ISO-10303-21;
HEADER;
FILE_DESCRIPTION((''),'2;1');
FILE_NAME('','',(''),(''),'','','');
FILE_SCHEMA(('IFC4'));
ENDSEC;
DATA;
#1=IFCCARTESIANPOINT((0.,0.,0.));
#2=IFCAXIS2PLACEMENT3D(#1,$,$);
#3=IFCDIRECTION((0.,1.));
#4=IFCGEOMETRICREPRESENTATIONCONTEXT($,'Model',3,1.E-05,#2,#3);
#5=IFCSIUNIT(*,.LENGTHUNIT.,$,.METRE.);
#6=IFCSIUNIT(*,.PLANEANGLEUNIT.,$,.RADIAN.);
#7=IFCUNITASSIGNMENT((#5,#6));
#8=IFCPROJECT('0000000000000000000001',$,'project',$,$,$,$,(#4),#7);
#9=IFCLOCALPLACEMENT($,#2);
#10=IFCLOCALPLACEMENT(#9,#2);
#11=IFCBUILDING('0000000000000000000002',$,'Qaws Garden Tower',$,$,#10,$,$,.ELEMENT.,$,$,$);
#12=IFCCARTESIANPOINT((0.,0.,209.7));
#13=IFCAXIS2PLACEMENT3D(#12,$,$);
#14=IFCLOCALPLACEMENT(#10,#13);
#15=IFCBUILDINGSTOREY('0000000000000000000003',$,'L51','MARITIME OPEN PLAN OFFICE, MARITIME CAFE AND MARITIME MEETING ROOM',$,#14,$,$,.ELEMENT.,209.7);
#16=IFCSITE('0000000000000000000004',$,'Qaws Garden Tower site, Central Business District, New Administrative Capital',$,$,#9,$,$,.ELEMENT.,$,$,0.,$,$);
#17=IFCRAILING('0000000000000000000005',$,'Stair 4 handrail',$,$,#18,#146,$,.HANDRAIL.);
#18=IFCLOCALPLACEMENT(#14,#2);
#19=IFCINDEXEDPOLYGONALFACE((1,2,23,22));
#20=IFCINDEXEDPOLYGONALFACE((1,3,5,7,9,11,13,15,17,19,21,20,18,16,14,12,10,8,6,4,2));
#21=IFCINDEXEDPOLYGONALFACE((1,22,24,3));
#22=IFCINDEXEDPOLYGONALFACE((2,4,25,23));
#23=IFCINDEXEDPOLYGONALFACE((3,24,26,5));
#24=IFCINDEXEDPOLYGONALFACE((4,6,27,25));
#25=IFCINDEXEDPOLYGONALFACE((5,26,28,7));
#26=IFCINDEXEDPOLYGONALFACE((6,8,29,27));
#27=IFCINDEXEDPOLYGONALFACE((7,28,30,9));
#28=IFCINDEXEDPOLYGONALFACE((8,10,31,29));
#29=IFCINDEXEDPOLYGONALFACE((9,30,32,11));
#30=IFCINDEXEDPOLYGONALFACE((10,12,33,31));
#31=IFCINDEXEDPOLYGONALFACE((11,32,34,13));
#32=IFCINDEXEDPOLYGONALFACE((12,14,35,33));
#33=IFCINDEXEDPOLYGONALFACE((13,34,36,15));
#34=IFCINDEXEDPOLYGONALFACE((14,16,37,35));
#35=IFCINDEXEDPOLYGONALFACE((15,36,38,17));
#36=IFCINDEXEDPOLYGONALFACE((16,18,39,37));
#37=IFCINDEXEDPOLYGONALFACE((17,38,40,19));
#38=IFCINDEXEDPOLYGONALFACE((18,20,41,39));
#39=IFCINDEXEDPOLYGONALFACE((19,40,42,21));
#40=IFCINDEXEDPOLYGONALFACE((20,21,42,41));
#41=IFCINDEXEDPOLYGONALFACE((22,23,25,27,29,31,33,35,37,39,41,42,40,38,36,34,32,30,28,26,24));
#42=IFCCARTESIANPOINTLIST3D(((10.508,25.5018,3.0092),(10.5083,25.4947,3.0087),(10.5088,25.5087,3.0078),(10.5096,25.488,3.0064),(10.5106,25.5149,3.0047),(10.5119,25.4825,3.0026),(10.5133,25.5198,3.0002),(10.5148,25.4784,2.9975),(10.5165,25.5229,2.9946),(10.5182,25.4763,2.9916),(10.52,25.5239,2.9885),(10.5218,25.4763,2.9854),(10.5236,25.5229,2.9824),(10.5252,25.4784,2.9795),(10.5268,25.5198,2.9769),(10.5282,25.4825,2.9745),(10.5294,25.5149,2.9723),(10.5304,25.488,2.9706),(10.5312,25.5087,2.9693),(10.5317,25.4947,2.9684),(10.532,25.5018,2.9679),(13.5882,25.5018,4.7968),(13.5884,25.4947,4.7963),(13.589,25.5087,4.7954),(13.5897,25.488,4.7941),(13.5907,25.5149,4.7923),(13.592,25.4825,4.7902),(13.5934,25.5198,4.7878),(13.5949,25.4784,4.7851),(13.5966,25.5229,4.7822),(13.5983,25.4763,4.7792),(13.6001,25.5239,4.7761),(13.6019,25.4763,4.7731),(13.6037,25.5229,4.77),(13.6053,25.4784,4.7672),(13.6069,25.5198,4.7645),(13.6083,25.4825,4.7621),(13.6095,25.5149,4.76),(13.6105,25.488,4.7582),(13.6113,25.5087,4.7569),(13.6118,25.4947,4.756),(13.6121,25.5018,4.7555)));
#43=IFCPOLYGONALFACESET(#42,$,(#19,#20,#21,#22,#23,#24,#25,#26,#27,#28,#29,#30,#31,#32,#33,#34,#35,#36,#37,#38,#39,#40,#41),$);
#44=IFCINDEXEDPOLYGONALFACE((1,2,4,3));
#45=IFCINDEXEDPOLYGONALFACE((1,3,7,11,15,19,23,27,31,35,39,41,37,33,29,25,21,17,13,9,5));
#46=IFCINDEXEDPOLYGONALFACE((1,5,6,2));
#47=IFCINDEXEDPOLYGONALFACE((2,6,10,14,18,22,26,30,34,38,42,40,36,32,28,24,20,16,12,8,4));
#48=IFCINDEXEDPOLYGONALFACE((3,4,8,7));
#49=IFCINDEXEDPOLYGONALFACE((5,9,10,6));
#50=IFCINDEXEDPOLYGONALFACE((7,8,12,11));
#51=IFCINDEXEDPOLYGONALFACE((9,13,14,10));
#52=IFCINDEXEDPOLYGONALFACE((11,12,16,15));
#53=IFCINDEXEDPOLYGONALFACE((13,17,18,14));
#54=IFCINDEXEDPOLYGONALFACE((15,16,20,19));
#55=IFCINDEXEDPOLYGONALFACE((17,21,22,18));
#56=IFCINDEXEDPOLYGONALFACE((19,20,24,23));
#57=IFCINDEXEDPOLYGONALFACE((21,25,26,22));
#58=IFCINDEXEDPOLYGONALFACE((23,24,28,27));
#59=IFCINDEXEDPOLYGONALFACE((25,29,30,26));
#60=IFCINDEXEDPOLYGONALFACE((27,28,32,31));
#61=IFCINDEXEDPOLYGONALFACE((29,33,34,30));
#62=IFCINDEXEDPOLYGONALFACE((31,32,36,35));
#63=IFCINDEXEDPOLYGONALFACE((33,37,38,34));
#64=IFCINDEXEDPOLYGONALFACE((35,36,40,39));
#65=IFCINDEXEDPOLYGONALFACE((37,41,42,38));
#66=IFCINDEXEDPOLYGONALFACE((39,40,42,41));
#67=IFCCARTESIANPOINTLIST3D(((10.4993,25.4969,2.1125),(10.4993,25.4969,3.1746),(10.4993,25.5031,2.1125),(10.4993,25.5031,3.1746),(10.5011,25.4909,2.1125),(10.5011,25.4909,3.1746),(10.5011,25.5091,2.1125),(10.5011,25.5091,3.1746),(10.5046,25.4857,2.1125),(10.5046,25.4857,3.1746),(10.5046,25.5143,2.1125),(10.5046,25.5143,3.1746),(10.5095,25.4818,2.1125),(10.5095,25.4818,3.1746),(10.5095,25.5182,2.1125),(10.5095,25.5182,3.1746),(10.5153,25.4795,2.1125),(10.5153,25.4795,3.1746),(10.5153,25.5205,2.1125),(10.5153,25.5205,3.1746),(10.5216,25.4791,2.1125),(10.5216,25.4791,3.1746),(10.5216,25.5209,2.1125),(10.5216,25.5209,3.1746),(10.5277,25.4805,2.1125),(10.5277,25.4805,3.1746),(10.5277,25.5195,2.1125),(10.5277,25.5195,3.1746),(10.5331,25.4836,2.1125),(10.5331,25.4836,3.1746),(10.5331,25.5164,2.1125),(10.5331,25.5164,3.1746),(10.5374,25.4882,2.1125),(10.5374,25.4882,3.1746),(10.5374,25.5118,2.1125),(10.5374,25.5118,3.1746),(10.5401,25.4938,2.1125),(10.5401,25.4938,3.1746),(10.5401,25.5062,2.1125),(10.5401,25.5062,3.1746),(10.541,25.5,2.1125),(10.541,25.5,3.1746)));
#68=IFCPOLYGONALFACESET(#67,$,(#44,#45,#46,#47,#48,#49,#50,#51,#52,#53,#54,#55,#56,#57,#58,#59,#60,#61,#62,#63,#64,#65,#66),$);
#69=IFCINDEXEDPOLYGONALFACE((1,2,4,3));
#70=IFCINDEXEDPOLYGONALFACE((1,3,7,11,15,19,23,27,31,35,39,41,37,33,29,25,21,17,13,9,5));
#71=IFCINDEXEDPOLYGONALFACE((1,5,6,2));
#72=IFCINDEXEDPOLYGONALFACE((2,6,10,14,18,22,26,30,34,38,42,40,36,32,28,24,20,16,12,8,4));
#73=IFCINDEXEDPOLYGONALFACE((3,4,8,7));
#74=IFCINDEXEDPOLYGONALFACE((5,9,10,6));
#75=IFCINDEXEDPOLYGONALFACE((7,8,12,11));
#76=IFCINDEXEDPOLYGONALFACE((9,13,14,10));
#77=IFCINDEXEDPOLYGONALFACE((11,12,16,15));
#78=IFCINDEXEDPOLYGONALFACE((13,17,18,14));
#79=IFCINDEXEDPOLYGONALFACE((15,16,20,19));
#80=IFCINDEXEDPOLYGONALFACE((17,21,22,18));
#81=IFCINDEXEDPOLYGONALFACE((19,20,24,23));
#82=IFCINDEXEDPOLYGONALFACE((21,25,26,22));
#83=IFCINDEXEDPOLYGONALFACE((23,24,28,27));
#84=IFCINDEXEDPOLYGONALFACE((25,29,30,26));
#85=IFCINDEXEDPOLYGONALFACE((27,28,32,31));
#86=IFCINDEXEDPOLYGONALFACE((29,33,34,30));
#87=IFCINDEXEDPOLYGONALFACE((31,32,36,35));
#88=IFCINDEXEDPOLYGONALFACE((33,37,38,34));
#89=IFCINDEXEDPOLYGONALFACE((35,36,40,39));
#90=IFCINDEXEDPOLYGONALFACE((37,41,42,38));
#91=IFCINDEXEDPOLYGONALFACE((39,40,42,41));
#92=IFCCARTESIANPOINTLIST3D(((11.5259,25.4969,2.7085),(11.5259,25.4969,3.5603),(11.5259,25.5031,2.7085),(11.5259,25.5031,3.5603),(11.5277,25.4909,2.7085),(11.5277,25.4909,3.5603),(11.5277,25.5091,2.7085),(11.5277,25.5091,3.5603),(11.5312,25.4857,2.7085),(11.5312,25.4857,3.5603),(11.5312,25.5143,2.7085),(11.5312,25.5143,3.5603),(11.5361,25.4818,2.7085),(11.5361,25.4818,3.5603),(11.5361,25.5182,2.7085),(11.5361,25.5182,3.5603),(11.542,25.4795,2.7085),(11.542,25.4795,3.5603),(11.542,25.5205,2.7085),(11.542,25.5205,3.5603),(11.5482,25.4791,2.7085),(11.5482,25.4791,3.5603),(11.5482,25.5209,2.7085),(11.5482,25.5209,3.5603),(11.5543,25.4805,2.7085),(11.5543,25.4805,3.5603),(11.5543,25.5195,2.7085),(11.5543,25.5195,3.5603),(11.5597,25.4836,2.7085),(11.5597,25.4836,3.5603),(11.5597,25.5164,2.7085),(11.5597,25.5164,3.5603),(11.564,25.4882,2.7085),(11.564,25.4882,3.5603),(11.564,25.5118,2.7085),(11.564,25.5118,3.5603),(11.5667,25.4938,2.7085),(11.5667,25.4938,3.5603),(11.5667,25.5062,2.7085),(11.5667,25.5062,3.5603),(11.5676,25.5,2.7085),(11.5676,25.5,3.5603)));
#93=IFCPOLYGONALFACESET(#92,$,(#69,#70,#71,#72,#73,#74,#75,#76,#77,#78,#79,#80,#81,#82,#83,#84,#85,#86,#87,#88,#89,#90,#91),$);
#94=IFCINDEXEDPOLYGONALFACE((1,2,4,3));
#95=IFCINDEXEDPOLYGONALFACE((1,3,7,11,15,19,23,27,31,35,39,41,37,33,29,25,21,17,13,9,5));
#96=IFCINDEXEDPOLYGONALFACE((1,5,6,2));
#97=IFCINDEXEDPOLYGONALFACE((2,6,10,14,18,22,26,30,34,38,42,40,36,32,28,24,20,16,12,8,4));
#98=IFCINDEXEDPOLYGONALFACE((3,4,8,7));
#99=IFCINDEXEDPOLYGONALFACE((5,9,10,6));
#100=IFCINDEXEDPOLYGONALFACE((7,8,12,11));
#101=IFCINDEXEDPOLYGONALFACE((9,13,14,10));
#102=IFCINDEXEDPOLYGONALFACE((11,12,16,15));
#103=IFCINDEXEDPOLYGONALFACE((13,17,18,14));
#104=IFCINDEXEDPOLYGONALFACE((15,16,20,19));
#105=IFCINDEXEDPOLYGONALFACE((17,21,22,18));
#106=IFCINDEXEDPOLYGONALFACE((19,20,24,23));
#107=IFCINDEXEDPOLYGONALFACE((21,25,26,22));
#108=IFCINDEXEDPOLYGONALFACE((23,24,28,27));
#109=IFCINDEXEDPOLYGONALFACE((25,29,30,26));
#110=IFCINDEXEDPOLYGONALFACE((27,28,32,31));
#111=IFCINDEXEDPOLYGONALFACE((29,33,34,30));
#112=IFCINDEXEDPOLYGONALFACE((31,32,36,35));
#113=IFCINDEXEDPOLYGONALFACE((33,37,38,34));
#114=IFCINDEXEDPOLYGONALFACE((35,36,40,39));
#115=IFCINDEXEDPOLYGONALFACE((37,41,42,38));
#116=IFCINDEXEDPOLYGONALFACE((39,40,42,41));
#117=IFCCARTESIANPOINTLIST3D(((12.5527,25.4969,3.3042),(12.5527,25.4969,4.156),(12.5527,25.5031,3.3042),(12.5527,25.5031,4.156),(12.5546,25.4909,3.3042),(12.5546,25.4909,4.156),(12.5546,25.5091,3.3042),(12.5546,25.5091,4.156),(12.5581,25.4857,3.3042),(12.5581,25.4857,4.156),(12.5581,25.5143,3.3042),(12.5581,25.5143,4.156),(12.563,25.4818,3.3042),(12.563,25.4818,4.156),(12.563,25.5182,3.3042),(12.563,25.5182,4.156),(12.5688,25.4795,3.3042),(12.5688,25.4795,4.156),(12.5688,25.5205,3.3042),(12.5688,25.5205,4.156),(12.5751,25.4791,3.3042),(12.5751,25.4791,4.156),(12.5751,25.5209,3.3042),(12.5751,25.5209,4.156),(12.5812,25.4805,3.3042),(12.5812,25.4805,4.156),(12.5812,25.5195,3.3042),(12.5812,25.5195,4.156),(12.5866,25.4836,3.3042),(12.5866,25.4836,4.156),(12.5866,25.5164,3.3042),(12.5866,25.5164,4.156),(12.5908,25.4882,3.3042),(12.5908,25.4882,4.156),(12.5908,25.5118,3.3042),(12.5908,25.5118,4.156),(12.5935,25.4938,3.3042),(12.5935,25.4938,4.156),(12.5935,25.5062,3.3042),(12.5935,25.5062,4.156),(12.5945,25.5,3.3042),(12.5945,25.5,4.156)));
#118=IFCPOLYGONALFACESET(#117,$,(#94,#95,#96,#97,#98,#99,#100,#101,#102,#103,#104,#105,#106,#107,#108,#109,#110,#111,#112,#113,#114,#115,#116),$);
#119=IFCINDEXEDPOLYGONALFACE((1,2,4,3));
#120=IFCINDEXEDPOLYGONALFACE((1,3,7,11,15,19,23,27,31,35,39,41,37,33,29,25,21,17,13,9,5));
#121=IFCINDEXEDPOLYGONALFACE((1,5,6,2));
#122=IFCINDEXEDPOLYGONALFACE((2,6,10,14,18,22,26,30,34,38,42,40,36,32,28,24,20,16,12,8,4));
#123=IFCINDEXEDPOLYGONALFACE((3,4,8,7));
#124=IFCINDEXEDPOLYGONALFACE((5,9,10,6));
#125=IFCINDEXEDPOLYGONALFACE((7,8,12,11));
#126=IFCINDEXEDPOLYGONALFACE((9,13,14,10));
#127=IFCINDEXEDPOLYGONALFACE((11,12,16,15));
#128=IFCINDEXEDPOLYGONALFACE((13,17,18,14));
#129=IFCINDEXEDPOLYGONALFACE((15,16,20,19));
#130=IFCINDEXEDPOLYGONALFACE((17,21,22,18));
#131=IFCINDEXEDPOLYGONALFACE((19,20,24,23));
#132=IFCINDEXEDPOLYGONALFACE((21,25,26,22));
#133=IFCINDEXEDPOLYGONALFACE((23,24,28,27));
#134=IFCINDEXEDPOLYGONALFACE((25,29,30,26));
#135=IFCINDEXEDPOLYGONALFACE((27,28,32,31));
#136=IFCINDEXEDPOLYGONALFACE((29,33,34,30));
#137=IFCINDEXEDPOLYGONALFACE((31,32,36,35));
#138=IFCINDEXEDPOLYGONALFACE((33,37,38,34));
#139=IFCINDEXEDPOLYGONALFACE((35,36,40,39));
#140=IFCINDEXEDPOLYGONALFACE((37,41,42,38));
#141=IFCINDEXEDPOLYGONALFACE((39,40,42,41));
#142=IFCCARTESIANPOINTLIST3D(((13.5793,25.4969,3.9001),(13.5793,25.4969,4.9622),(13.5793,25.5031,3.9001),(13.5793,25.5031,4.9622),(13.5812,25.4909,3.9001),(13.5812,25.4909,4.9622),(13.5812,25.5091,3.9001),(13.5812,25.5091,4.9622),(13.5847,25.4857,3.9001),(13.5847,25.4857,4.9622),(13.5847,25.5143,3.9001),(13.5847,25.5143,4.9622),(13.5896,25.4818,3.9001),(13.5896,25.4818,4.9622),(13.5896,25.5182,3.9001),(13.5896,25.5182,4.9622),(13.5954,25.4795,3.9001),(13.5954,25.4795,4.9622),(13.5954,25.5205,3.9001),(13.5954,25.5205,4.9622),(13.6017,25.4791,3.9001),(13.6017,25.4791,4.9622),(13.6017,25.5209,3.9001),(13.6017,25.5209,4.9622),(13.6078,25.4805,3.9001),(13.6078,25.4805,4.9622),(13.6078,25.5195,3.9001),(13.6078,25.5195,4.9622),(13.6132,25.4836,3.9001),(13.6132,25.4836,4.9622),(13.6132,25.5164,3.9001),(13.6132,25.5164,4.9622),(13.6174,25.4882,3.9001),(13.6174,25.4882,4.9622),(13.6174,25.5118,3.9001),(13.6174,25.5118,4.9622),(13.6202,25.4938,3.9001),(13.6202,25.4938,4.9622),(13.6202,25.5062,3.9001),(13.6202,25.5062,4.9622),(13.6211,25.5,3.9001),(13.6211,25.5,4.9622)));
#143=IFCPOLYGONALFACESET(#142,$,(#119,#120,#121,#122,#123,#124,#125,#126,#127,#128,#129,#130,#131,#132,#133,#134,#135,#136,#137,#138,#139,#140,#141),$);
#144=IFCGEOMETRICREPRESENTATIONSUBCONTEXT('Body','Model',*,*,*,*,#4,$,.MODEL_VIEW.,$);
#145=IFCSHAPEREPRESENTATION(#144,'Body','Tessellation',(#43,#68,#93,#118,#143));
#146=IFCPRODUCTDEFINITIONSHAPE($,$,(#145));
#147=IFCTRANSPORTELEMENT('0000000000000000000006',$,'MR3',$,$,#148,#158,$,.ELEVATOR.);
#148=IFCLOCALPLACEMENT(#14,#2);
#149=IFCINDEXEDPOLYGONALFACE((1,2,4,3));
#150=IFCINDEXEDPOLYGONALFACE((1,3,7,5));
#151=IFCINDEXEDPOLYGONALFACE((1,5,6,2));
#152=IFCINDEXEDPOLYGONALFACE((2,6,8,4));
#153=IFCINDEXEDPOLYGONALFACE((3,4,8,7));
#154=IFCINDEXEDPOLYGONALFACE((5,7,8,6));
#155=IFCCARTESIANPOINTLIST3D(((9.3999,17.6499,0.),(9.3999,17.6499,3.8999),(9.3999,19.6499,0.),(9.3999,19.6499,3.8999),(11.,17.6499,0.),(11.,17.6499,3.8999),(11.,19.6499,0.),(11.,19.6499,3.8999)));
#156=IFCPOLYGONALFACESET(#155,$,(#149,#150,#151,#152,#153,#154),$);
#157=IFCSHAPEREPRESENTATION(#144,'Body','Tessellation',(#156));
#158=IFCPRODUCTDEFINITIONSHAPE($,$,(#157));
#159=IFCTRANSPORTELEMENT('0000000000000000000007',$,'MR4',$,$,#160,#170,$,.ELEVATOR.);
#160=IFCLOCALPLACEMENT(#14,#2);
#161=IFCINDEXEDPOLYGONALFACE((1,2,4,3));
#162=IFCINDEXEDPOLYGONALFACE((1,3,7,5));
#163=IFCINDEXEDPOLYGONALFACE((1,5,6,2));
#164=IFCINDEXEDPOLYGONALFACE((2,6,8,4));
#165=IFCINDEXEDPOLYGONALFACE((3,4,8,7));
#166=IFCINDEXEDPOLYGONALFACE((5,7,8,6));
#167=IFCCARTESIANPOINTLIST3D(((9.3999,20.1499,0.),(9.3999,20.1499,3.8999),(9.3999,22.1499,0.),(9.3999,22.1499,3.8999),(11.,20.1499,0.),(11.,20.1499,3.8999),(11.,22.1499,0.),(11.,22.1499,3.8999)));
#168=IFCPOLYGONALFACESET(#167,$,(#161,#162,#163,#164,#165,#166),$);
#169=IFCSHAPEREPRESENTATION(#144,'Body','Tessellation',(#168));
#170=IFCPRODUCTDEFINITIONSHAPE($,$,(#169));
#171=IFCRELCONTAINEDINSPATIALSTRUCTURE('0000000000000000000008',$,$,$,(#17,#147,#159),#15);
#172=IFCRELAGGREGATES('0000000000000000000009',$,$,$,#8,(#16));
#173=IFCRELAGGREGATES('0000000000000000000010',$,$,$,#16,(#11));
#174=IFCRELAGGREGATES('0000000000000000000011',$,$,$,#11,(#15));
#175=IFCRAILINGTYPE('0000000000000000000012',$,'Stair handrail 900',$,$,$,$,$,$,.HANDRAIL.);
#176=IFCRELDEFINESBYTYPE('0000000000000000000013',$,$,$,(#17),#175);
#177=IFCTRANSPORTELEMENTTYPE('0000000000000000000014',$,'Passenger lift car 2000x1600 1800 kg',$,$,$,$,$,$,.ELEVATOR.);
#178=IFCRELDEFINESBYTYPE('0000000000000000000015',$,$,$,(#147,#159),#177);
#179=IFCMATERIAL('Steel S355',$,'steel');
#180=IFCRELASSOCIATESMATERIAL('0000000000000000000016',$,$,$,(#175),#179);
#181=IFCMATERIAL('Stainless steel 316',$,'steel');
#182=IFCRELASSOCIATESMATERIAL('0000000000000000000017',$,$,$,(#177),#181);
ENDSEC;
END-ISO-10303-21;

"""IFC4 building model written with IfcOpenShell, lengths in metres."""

from ifc_helpers import new_model, si_unit, direction, frame, origin, origin_2d, place, context, subcontext, project, spatial, rectangle, circle, extrude, material, type_object, element, save


model = new_model("IFC4")

# Units and contexts
model_context = context("Model", 3, precision=1e-05, world=origin(), true_north=direction((0.0, 1.0)))
body_context = subcontext(model_context, "Body", "Model", "MODEL_VIEW")
ifc_project = project(units=[si_unit("LENGTHUNIT", "METRE"), si_unit("PLANEANGLEUNIT", "RADIAN")], contexts=[model_context])

# Site, building, storey
site_placement = place(None, origin())
site = spatial("IfcSite", under=ifc_project, at=site_placement, Name="Qaws Garden Tower site, Central Business District, New Administrative Capital", CompositionType="ELEMENT", RefElevation=0.0)
building_placement = place(site_placement, origin())
building = spatial("IfcBuilding", under=site, at=building_placement, Name="Qaws Garden Tower", CompositionType="ELEMENT")
storey_placement = place(building_placement, frame((0.0, 0.0, 209.7)))
storey = spatial("IfcBuildingStorey", under=building, at=storey_placement, Name="L51", Description="MARITIME OPEN PLAN OFFICE, MARITIME CAFE AND MARITIME MEETING ROOM", CompositionType="ELEMENT", Elevation=209.7)

# Railing
ifc_material_1 = material(Name="Steel S355", Category="steel")
railing_type = type_object("IfcRailingType", Name="Stair handrail 900", PredefinedType="HANDRAIL", material=ifc_material_1)
railing_1_placement = place(storey_placement, frame((10.52, 25.5, 2.1125)))
element("IfcRailing", 1, at=railing_1_placement, inside=storey, type_object=railing_type, Name="Stair 4 handrail", PredefinedType="HANDRAIL", context=body_context, shape_type="SweptSolid", body=[
    extrude(circle(Radius=0.0239, at=origin_2d()), frame((0.0, 0.0, 0.876), z_axis=(0.864891, 0.0, 0.50196), x_axis=(0.0, 1.0, 0.0)), (0.0, 0.0, 1.0), 3.5613),
    extrude(circle(Radius=0.021, at=origin_2d()), origin(), (0.0, 0.0, 1.0), 1.062),
    extrude(circle(Radius=0.021, at=origin_2d()), frame((1.0266, 0.0, 0.5959)), (0.0, 0.0, 1.0), 0.8518),
    extrude(circle(Radius=0.021, at=origin_2d()), frame((2.0535, 0.0, 1.1917)), (0.0, 0.0, 1.0), 0.8518),
    extrude(circle(Radius=0.021, at=origin_2d()), frame((3.0801, 0.0, 1.7876)), (0.0, 0.0, 1.0), 1.062),
])

# Transport elements
ifc_material_2 = material(Name="Stainless steel 316", Category="steel")
transport_element_type = type_object("IfcTransportElementType", Name="Passenger lift car 2000x1600 1800 kg", PredefinedType="ELEVATOR", material=ifc_material_2)
for number, where, z_axis, x_axis, name in (
    (2, (10.2, 18.6499, 0.0), (0.0, 0.0, 1.0), (1.0, 0.0, 0.0), "MR3"),
    (3, (10.2, 21.1499, 0.0), (0.0, 0.0, 1.0), (1.0, 0.0, 0.0), "MR4"),
):
    element("IfcTransportElement", number, at=place(storey_placement, frame(where, z_axis=z_axis, x_axis=x_axis)), inside=storey, type_object=transport_element_type, Name=name, PredefinedType="ELEVATOR", context=body_context, shape_type="SweptSolid", body=[
        extrude(rectangle(XDim=1.6001, YDim=2.0, at=origin_2d()), origin(), (0.0, 0.0, 1.0), 3.8999),
    ])

save(model, "model.ifc")
